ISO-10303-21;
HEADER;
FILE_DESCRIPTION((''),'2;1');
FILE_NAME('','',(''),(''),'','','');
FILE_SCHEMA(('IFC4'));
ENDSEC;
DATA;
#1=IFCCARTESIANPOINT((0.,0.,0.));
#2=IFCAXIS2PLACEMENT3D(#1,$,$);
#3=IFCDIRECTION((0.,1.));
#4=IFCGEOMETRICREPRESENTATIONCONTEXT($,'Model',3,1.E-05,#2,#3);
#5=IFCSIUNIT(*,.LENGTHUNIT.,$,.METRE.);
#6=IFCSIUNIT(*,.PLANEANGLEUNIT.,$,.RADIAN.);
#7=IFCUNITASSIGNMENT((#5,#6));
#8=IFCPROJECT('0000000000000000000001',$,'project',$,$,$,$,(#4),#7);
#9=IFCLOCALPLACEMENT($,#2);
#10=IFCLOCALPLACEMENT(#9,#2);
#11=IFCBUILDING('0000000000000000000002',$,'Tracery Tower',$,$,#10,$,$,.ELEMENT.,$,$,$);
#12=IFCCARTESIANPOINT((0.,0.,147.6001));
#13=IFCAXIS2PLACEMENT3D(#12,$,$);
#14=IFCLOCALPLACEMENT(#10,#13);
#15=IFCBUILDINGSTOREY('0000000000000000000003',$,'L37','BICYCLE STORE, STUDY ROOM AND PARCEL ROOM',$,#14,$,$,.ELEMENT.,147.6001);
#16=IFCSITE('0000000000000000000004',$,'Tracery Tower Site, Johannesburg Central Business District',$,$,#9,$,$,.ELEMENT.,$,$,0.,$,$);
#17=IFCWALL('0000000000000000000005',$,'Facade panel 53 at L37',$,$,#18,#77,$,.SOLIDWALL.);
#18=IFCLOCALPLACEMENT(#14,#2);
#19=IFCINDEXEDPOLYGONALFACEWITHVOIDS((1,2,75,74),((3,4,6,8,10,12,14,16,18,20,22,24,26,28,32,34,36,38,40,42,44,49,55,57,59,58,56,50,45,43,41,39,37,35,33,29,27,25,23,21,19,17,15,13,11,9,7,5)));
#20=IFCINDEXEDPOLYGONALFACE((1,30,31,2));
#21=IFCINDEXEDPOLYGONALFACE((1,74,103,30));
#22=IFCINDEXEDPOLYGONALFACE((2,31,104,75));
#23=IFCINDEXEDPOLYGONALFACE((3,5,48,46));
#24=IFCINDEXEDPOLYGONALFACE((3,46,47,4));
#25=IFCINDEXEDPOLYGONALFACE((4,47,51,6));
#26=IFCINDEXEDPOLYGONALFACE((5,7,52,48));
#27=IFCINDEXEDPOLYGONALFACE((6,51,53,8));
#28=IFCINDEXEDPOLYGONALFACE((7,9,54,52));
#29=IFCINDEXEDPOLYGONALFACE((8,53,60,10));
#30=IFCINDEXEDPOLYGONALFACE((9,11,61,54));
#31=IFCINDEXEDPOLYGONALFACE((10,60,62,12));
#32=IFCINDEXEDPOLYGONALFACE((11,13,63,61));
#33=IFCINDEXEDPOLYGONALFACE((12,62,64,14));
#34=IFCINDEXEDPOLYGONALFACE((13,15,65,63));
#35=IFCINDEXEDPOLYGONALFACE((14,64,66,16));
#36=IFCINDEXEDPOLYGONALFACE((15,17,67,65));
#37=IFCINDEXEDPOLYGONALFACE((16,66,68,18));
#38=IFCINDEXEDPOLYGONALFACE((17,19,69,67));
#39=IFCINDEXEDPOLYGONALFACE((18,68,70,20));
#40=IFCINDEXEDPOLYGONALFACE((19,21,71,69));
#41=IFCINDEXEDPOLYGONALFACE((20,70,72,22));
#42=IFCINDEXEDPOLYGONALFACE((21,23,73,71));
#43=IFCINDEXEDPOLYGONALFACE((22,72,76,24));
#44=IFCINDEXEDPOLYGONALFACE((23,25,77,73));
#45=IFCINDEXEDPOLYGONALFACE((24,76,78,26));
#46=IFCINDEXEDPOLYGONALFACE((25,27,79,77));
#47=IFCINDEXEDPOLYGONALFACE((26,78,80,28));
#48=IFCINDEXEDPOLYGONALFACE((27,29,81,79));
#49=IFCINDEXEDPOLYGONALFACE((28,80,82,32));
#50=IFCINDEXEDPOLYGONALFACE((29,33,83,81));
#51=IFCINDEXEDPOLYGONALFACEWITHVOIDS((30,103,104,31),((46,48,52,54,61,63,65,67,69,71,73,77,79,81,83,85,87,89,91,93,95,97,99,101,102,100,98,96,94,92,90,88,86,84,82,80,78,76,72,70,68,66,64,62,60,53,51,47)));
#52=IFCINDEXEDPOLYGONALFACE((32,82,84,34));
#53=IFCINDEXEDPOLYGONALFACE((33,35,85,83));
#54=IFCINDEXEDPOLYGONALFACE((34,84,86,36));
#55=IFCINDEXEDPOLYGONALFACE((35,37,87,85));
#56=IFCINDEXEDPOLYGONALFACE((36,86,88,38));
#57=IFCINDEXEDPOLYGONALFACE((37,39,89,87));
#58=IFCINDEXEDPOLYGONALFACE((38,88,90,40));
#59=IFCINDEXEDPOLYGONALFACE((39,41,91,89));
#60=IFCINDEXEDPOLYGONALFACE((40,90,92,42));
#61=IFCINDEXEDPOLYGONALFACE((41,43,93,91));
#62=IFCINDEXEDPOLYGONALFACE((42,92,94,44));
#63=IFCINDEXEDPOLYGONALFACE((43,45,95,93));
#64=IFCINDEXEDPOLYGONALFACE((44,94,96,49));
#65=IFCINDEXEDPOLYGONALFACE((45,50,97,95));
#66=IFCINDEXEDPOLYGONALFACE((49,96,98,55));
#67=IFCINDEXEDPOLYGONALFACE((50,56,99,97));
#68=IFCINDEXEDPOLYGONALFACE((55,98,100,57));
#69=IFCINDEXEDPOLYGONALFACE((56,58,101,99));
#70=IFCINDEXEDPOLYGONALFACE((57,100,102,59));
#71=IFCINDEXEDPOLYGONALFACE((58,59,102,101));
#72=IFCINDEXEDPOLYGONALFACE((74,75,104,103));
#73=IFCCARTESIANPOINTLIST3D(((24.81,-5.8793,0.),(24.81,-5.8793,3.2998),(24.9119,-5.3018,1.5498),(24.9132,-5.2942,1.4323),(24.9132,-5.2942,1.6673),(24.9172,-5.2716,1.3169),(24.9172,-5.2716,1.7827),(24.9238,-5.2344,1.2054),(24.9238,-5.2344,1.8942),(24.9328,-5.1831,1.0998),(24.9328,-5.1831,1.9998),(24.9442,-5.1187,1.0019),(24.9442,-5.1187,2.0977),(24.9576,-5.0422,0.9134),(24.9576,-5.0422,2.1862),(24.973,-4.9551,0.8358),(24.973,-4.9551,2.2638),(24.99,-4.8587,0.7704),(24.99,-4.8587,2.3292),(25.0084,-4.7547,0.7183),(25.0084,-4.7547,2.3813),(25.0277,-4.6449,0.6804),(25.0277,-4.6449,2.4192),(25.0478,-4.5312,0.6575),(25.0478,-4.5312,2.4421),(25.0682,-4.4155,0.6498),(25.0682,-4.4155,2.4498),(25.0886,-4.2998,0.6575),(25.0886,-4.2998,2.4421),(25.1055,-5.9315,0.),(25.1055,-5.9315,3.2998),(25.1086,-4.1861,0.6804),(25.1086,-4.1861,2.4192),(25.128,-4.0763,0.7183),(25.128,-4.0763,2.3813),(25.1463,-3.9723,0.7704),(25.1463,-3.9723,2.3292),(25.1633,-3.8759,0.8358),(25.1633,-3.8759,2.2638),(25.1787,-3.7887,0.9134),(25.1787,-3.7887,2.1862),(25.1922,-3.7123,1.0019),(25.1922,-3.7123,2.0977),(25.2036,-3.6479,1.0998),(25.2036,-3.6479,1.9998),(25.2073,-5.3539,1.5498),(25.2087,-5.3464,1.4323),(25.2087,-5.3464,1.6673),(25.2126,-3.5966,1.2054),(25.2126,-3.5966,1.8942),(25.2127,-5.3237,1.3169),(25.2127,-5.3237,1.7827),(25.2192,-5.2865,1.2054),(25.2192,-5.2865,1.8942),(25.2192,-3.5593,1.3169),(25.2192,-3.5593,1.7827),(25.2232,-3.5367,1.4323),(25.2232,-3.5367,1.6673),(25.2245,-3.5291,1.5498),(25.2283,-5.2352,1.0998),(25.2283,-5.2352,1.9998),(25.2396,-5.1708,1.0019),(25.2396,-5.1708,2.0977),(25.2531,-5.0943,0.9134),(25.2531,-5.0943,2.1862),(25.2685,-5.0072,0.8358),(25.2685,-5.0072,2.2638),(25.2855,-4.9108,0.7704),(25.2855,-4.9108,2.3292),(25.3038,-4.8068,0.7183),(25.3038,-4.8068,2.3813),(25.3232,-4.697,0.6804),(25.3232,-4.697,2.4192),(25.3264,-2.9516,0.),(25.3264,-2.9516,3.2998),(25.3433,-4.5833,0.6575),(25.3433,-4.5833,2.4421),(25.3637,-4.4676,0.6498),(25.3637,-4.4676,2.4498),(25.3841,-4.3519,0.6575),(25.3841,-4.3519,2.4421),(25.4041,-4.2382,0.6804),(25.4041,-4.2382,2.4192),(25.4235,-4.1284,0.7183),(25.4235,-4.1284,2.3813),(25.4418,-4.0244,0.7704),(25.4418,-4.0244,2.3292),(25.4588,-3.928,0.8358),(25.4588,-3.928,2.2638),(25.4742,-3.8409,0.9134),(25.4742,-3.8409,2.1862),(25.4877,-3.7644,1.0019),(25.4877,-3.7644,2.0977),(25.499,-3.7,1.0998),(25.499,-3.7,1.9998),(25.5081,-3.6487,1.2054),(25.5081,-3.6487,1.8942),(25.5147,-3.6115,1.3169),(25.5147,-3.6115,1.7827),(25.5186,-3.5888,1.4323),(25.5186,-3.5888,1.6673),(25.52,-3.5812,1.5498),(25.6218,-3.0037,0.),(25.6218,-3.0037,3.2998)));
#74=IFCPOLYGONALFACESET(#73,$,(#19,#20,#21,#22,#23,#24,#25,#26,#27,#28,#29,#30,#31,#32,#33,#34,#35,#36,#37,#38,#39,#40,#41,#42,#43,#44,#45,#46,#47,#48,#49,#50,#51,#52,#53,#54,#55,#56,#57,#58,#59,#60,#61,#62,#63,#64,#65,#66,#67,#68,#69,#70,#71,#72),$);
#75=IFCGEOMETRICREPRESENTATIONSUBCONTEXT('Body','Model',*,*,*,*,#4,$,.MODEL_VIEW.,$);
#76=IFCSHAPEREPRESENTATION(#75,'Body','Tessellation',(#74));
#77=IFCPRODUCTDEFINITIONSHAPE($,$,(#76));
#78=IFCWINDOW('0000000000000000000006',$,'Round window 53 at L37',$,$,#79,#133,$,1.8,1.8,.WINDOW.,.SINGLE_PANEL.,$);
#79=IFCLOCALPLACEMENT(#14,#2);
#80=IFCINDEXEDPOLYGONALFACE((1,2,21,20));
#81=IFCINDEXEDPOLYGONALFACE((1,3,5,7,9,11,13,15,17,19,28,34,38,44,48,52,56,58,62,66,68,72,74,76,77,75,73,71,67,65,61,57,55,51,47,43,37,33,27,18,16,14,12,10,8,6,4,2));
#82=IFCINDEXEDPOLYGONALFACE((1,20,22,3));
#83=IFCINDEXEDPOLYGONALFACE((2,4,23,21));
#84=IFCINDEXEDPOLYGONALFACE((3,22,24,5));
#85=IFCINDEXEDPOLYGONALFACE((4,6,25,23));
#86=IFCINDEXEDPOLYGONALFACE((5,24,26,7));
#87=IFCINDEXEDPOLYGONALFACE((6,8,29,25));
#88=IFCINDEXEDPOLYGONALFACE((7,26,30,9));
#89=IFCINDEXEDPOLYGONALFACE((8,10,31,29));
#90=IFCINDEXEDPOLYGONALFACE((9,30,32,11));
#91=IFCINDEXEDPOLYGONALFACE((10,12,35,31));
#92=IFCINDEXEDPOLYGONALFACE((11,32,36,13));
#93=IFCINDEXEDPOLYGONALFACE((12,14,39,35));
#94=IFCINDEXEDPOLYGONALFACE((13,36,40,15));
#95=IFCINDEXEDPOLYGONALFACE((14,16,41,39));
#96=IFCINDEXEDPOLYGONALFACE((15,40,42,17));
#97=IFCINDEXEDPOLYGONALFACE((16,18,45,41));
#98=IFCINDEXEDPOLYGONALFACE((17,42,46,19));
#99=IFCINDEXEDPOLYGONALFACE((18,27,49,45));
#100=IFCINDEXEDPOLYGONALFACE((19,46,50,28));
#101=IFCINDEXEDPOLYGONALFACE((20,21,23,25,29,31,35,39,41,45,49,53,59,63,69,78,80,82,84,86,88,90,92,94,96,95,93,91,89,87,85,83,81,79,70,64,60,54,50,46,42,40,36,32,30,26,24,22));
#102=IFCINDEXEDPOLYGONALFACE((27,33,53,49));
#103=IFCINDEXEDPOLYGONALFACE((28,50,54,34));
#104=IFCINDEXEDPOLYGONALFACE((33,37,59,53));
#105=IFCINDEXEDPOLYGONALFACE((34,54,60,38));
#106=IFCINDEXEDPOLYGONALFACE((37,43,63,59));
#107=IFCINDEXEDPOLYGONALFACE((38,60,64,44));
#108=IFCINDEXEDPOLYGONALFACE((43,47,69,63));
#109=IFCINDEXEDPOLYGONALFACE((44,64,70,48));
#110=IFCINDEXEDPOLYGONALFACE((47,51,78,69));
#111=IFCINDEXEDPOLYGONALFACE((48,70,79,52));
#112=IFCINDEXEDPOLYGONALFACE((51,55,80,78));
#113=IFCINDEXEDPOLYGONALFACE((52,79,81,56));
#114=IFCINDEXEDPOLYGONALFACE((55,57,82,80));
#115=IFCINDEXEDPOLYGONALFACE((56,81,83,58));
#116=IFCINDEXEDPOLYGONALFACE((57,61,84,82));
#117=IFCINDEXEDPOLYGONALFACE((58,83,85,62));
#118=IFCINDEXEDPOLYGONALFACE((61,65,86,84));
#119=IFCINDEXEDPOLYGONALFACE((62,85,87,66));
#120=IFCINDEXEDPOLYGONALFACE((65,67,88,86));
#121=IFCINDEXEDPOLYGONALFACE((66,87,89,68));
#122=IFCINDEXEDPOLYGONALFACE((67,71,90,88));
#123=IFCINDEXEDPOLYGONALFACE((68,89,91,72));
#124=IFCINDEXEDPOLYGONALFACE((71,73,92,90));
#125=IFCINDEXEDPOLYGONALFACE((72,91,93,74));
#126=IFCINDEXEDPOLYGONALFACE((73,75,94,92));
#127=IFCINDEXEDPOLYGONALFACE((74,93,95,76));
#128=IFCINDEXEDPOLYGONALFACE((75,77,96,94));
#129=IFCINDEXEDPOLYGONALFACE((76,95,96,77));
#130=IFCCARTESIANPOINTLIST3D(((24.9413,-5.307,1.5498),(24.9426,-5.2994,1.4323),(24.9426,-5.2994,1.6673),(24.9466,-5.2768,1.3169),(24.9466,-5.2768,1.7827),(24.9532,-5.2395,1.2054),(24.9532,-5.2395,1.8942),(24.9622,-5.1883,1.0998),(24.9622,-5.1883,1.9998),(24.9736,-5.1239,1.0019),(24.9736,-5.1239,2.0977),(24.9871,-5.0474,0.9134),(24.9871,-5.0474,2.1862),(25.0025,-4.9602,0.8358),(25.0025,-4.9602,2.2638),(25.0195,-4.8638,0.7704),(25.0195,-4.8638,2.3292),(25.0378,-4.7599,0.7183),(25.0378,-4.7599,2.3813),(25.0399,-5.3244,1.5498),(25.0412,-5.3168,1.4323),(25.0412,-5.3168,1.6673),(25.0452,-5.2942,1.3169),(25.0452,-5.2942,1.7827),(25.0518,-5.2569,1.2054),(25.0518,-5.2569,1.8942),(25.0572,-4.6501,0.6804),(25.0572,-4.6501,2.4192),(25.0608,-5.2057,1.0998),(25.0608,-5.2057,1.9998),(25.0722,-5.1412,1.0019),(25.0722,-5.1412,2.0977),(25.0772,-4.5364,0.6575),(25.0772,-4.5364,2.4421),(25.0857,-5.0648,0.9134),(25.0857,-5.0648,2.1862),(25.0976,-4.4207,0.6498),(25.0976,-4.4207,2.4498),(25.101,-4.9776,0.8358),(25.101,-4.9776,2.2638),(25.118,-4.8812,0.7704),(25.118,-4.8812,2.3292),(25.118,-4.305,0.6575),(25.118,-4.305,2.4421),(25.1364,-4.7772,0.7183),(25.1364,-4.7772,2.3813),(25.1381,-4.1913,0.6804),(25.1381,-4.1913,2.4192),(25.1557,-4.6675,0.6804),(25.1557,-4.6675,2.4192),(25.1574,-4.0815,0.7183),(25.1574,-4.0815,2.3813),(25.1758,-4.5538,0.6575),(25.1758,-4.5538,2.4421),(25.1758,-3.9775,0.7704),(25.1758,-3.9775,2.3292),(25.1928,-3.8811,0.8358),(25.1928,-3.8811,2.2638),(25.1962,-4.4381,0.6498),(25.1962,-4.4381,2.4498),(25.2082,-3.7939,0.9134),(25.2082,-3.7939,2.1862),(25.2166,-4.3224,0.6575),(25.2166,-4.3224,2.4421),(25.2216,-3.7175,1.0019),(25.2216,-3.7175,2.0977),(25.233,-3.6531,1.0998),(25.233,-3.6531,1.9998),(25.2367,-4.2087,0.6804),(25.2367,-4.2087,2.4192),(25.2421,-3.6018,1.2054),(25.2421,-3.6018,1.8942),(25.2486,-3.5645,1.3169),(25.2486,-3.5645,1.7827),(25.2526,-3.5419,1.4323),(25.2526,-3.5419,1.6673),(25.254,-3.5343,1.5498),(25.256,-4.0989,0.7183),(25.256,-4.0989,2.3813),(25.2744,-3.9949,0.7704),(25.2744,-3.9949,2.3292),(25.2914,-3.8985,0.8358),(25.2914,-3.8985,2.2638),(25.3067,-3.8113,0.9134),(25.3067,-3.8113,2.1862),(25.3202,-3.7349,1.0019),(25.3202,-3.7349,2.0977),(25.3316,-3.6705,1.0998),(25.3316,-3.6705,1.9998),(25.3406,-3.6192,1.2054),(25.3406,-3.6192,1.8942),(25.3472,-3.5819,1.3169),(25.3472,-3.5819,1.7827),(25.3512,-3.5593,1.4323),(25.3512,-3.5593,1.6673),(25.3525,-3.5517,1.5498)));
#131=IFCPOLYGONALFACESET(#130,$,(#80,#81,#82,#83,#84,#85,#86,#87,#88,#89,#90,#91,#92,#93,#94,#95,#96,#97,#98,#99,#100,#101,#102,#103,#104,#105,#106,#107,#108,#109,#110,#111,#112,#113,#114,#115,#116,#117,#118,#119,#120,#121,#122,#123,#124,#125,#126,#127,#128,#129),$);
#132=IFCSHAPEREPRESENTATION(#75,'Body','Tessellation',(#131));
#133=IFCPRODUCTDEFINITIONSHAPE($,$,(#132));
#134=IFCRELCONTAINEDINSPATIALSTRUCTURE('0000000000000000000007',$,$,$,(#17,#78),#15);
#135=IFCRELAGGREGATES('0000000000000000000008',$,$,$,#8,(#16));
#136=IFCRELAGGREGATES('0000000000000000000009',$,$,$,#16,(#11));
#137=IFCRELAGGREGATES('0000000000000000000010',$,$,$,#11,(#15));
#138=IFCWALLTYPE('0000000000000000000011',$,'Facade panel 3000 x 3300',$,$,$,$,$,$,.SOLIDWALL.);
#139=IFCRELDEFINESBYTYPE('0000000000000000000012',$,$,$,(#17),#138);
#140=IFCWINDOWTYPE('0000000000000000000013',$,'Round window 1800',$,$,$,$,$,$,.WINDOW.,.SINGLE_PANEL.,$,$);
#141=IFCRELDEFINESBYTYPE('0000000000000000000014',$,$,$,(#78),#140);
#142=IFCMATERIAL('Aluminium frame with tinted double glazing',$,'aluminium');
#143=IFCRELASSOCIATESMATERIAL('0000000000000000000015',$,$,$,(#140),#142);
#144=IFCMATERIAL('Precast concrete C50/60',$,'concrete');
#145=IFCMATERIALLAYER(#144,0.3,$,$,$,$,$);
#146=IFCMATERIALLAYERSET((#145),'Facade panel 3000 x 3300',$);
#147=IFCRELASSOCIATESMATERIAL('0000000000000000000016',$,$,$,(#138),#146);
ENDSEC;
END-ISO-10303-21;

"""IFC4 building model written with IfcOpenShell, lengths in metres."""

from ifc_helpers import new_model, si_unit, direction, frame, frame_2d, origin, origin_2d, place, context, subcontext, project, spatial, rectangle, circle, extrude, material, layer, layer_set, type_object, element, fill, save


model = new_model("IFC4")

# Units and contexts
model_context = context("Model", 3, precision=1e-05, world=origin(), true_north=direction((0.0, 1.0)))
body_context = subcontext(model_context, "Body", "Model", "MODEL_VIEW")
ifc_project = project(units=[si_unit("LENGTHUNIT", "METRE"), si_unit("PLANEANGLEUNIT", "RADIAN")], contexts=[model_context])

# Site, building, storey
site_placement = place(None, origin())
site = spatial("IfcSite", under=ifc_project, at=site_placement, Name="Tracery Tower Site, Johannesburg Central Business District", CompositionType="ELEMENT", RefElevation=0.0)
building_placement = place(site_placement, origin())
building = spatial("IfcBuilding", under=site, at=building_placement, Name="Tracery Tower", CompositionType="ELEMENT")
storey_placement = place(building_placement, frame((0.0, 0.0, 147.6001)))
storey = spatial("IfcBuildingStorey", under=building, at=storey_placement, Name="L37", Description="BICYCLE STORE, STUDY ROOM AND PARCEL ROOM", CompositionType="ELEMENT", Elevation=147.6001)

# Wall, opening, window
ifc_material_1 = material(Name="Aluminium frame with tinted double glazing", Category="aluminium")
window_type = type_object("IfcWindowType", Name="Round window 1800", PartitioningType="SINGLE_PANEL", PredefinedType="WINDOW", material=ifc_material_1)
ifc_material_2 = material(Name="Precast concrete C50/60", Category="concrete")
ifc_layer_1 = layer(ifc_material_2, 0.3)
ifc_layer_set_1 = layer_set([ifc_layer_1], Name="Facade panel 3000 x 3300")
wall_type_1 = type_object("IfcWallType", Name="Facade panel 3000 x 3300", PredefinedType="SOLIDWALL", material=ifc_layer_set_1)
wall_1_placement = place(storey_placement, frame((24.9578, -5.9053, 0.0), z_axis=(0.0, 0.0, 1.0), x_axis=(0.173687, 0.984801, 0.0)))
wall_1 = element("IfcWall", 1, at=wall_1_placement, inside=storey, type_object=wall_type_1, Name="Facade panel 53 at L37", PredefinedType="SOLIDWALL", context=body_context, shape_type="SweptSolid", body=[
    extrude(rectangle(XDim=2.9729, YDim=0.3, at=frame_2d((1.4863, 0.0))), origin(), (0.0, 0.0, 1.0), 3.2998),
])
opening_1_placement = place(wall_1_placement, frame((1.4863, 0.0, 1.5498)))
opening_1 = element("IfcOpeningElement", 2, at=opening_1_placement, cuts=wall_1, PredefinedType="OPENING", context=body_context, shape_type="SweptSolid", body=[
    extrude(circle(Radius=0.9, at=origin_2d()), frame((0.0, 0.1599, 0.0), z_axis=(0.0, -1.0, 0.0), x_axis=(1.0, 0.0, 0.0)), (0.0, 0.0, 1.0), 0.3201),
])
window_1_placement = place(opening_1_placement, origin())
window_1 = element("IfcWindow", 3, at=window_1_placement, inside=storey, type_object=window_type, Name="Round window 53 at L37", OverallHeight=1.8, OverallWidth=1.8, PartitioningType="SINGLE_PANEL", PredefinedType="WINDOW", context=body_context, shape_type="SweptSolid", body=[
    extrude(circle(Radius=0.9, at=origin_2d()), frame((0.0, 0.1201, 0.0), z_axis=(0.0, -1.0, 0.0), x_axis=(1.0, 0.0, 0.0)), (0.0, 0.0, 1.0), 0.1001),
])
fill(opening_1, window_1)

save(model, "model.ifc")
